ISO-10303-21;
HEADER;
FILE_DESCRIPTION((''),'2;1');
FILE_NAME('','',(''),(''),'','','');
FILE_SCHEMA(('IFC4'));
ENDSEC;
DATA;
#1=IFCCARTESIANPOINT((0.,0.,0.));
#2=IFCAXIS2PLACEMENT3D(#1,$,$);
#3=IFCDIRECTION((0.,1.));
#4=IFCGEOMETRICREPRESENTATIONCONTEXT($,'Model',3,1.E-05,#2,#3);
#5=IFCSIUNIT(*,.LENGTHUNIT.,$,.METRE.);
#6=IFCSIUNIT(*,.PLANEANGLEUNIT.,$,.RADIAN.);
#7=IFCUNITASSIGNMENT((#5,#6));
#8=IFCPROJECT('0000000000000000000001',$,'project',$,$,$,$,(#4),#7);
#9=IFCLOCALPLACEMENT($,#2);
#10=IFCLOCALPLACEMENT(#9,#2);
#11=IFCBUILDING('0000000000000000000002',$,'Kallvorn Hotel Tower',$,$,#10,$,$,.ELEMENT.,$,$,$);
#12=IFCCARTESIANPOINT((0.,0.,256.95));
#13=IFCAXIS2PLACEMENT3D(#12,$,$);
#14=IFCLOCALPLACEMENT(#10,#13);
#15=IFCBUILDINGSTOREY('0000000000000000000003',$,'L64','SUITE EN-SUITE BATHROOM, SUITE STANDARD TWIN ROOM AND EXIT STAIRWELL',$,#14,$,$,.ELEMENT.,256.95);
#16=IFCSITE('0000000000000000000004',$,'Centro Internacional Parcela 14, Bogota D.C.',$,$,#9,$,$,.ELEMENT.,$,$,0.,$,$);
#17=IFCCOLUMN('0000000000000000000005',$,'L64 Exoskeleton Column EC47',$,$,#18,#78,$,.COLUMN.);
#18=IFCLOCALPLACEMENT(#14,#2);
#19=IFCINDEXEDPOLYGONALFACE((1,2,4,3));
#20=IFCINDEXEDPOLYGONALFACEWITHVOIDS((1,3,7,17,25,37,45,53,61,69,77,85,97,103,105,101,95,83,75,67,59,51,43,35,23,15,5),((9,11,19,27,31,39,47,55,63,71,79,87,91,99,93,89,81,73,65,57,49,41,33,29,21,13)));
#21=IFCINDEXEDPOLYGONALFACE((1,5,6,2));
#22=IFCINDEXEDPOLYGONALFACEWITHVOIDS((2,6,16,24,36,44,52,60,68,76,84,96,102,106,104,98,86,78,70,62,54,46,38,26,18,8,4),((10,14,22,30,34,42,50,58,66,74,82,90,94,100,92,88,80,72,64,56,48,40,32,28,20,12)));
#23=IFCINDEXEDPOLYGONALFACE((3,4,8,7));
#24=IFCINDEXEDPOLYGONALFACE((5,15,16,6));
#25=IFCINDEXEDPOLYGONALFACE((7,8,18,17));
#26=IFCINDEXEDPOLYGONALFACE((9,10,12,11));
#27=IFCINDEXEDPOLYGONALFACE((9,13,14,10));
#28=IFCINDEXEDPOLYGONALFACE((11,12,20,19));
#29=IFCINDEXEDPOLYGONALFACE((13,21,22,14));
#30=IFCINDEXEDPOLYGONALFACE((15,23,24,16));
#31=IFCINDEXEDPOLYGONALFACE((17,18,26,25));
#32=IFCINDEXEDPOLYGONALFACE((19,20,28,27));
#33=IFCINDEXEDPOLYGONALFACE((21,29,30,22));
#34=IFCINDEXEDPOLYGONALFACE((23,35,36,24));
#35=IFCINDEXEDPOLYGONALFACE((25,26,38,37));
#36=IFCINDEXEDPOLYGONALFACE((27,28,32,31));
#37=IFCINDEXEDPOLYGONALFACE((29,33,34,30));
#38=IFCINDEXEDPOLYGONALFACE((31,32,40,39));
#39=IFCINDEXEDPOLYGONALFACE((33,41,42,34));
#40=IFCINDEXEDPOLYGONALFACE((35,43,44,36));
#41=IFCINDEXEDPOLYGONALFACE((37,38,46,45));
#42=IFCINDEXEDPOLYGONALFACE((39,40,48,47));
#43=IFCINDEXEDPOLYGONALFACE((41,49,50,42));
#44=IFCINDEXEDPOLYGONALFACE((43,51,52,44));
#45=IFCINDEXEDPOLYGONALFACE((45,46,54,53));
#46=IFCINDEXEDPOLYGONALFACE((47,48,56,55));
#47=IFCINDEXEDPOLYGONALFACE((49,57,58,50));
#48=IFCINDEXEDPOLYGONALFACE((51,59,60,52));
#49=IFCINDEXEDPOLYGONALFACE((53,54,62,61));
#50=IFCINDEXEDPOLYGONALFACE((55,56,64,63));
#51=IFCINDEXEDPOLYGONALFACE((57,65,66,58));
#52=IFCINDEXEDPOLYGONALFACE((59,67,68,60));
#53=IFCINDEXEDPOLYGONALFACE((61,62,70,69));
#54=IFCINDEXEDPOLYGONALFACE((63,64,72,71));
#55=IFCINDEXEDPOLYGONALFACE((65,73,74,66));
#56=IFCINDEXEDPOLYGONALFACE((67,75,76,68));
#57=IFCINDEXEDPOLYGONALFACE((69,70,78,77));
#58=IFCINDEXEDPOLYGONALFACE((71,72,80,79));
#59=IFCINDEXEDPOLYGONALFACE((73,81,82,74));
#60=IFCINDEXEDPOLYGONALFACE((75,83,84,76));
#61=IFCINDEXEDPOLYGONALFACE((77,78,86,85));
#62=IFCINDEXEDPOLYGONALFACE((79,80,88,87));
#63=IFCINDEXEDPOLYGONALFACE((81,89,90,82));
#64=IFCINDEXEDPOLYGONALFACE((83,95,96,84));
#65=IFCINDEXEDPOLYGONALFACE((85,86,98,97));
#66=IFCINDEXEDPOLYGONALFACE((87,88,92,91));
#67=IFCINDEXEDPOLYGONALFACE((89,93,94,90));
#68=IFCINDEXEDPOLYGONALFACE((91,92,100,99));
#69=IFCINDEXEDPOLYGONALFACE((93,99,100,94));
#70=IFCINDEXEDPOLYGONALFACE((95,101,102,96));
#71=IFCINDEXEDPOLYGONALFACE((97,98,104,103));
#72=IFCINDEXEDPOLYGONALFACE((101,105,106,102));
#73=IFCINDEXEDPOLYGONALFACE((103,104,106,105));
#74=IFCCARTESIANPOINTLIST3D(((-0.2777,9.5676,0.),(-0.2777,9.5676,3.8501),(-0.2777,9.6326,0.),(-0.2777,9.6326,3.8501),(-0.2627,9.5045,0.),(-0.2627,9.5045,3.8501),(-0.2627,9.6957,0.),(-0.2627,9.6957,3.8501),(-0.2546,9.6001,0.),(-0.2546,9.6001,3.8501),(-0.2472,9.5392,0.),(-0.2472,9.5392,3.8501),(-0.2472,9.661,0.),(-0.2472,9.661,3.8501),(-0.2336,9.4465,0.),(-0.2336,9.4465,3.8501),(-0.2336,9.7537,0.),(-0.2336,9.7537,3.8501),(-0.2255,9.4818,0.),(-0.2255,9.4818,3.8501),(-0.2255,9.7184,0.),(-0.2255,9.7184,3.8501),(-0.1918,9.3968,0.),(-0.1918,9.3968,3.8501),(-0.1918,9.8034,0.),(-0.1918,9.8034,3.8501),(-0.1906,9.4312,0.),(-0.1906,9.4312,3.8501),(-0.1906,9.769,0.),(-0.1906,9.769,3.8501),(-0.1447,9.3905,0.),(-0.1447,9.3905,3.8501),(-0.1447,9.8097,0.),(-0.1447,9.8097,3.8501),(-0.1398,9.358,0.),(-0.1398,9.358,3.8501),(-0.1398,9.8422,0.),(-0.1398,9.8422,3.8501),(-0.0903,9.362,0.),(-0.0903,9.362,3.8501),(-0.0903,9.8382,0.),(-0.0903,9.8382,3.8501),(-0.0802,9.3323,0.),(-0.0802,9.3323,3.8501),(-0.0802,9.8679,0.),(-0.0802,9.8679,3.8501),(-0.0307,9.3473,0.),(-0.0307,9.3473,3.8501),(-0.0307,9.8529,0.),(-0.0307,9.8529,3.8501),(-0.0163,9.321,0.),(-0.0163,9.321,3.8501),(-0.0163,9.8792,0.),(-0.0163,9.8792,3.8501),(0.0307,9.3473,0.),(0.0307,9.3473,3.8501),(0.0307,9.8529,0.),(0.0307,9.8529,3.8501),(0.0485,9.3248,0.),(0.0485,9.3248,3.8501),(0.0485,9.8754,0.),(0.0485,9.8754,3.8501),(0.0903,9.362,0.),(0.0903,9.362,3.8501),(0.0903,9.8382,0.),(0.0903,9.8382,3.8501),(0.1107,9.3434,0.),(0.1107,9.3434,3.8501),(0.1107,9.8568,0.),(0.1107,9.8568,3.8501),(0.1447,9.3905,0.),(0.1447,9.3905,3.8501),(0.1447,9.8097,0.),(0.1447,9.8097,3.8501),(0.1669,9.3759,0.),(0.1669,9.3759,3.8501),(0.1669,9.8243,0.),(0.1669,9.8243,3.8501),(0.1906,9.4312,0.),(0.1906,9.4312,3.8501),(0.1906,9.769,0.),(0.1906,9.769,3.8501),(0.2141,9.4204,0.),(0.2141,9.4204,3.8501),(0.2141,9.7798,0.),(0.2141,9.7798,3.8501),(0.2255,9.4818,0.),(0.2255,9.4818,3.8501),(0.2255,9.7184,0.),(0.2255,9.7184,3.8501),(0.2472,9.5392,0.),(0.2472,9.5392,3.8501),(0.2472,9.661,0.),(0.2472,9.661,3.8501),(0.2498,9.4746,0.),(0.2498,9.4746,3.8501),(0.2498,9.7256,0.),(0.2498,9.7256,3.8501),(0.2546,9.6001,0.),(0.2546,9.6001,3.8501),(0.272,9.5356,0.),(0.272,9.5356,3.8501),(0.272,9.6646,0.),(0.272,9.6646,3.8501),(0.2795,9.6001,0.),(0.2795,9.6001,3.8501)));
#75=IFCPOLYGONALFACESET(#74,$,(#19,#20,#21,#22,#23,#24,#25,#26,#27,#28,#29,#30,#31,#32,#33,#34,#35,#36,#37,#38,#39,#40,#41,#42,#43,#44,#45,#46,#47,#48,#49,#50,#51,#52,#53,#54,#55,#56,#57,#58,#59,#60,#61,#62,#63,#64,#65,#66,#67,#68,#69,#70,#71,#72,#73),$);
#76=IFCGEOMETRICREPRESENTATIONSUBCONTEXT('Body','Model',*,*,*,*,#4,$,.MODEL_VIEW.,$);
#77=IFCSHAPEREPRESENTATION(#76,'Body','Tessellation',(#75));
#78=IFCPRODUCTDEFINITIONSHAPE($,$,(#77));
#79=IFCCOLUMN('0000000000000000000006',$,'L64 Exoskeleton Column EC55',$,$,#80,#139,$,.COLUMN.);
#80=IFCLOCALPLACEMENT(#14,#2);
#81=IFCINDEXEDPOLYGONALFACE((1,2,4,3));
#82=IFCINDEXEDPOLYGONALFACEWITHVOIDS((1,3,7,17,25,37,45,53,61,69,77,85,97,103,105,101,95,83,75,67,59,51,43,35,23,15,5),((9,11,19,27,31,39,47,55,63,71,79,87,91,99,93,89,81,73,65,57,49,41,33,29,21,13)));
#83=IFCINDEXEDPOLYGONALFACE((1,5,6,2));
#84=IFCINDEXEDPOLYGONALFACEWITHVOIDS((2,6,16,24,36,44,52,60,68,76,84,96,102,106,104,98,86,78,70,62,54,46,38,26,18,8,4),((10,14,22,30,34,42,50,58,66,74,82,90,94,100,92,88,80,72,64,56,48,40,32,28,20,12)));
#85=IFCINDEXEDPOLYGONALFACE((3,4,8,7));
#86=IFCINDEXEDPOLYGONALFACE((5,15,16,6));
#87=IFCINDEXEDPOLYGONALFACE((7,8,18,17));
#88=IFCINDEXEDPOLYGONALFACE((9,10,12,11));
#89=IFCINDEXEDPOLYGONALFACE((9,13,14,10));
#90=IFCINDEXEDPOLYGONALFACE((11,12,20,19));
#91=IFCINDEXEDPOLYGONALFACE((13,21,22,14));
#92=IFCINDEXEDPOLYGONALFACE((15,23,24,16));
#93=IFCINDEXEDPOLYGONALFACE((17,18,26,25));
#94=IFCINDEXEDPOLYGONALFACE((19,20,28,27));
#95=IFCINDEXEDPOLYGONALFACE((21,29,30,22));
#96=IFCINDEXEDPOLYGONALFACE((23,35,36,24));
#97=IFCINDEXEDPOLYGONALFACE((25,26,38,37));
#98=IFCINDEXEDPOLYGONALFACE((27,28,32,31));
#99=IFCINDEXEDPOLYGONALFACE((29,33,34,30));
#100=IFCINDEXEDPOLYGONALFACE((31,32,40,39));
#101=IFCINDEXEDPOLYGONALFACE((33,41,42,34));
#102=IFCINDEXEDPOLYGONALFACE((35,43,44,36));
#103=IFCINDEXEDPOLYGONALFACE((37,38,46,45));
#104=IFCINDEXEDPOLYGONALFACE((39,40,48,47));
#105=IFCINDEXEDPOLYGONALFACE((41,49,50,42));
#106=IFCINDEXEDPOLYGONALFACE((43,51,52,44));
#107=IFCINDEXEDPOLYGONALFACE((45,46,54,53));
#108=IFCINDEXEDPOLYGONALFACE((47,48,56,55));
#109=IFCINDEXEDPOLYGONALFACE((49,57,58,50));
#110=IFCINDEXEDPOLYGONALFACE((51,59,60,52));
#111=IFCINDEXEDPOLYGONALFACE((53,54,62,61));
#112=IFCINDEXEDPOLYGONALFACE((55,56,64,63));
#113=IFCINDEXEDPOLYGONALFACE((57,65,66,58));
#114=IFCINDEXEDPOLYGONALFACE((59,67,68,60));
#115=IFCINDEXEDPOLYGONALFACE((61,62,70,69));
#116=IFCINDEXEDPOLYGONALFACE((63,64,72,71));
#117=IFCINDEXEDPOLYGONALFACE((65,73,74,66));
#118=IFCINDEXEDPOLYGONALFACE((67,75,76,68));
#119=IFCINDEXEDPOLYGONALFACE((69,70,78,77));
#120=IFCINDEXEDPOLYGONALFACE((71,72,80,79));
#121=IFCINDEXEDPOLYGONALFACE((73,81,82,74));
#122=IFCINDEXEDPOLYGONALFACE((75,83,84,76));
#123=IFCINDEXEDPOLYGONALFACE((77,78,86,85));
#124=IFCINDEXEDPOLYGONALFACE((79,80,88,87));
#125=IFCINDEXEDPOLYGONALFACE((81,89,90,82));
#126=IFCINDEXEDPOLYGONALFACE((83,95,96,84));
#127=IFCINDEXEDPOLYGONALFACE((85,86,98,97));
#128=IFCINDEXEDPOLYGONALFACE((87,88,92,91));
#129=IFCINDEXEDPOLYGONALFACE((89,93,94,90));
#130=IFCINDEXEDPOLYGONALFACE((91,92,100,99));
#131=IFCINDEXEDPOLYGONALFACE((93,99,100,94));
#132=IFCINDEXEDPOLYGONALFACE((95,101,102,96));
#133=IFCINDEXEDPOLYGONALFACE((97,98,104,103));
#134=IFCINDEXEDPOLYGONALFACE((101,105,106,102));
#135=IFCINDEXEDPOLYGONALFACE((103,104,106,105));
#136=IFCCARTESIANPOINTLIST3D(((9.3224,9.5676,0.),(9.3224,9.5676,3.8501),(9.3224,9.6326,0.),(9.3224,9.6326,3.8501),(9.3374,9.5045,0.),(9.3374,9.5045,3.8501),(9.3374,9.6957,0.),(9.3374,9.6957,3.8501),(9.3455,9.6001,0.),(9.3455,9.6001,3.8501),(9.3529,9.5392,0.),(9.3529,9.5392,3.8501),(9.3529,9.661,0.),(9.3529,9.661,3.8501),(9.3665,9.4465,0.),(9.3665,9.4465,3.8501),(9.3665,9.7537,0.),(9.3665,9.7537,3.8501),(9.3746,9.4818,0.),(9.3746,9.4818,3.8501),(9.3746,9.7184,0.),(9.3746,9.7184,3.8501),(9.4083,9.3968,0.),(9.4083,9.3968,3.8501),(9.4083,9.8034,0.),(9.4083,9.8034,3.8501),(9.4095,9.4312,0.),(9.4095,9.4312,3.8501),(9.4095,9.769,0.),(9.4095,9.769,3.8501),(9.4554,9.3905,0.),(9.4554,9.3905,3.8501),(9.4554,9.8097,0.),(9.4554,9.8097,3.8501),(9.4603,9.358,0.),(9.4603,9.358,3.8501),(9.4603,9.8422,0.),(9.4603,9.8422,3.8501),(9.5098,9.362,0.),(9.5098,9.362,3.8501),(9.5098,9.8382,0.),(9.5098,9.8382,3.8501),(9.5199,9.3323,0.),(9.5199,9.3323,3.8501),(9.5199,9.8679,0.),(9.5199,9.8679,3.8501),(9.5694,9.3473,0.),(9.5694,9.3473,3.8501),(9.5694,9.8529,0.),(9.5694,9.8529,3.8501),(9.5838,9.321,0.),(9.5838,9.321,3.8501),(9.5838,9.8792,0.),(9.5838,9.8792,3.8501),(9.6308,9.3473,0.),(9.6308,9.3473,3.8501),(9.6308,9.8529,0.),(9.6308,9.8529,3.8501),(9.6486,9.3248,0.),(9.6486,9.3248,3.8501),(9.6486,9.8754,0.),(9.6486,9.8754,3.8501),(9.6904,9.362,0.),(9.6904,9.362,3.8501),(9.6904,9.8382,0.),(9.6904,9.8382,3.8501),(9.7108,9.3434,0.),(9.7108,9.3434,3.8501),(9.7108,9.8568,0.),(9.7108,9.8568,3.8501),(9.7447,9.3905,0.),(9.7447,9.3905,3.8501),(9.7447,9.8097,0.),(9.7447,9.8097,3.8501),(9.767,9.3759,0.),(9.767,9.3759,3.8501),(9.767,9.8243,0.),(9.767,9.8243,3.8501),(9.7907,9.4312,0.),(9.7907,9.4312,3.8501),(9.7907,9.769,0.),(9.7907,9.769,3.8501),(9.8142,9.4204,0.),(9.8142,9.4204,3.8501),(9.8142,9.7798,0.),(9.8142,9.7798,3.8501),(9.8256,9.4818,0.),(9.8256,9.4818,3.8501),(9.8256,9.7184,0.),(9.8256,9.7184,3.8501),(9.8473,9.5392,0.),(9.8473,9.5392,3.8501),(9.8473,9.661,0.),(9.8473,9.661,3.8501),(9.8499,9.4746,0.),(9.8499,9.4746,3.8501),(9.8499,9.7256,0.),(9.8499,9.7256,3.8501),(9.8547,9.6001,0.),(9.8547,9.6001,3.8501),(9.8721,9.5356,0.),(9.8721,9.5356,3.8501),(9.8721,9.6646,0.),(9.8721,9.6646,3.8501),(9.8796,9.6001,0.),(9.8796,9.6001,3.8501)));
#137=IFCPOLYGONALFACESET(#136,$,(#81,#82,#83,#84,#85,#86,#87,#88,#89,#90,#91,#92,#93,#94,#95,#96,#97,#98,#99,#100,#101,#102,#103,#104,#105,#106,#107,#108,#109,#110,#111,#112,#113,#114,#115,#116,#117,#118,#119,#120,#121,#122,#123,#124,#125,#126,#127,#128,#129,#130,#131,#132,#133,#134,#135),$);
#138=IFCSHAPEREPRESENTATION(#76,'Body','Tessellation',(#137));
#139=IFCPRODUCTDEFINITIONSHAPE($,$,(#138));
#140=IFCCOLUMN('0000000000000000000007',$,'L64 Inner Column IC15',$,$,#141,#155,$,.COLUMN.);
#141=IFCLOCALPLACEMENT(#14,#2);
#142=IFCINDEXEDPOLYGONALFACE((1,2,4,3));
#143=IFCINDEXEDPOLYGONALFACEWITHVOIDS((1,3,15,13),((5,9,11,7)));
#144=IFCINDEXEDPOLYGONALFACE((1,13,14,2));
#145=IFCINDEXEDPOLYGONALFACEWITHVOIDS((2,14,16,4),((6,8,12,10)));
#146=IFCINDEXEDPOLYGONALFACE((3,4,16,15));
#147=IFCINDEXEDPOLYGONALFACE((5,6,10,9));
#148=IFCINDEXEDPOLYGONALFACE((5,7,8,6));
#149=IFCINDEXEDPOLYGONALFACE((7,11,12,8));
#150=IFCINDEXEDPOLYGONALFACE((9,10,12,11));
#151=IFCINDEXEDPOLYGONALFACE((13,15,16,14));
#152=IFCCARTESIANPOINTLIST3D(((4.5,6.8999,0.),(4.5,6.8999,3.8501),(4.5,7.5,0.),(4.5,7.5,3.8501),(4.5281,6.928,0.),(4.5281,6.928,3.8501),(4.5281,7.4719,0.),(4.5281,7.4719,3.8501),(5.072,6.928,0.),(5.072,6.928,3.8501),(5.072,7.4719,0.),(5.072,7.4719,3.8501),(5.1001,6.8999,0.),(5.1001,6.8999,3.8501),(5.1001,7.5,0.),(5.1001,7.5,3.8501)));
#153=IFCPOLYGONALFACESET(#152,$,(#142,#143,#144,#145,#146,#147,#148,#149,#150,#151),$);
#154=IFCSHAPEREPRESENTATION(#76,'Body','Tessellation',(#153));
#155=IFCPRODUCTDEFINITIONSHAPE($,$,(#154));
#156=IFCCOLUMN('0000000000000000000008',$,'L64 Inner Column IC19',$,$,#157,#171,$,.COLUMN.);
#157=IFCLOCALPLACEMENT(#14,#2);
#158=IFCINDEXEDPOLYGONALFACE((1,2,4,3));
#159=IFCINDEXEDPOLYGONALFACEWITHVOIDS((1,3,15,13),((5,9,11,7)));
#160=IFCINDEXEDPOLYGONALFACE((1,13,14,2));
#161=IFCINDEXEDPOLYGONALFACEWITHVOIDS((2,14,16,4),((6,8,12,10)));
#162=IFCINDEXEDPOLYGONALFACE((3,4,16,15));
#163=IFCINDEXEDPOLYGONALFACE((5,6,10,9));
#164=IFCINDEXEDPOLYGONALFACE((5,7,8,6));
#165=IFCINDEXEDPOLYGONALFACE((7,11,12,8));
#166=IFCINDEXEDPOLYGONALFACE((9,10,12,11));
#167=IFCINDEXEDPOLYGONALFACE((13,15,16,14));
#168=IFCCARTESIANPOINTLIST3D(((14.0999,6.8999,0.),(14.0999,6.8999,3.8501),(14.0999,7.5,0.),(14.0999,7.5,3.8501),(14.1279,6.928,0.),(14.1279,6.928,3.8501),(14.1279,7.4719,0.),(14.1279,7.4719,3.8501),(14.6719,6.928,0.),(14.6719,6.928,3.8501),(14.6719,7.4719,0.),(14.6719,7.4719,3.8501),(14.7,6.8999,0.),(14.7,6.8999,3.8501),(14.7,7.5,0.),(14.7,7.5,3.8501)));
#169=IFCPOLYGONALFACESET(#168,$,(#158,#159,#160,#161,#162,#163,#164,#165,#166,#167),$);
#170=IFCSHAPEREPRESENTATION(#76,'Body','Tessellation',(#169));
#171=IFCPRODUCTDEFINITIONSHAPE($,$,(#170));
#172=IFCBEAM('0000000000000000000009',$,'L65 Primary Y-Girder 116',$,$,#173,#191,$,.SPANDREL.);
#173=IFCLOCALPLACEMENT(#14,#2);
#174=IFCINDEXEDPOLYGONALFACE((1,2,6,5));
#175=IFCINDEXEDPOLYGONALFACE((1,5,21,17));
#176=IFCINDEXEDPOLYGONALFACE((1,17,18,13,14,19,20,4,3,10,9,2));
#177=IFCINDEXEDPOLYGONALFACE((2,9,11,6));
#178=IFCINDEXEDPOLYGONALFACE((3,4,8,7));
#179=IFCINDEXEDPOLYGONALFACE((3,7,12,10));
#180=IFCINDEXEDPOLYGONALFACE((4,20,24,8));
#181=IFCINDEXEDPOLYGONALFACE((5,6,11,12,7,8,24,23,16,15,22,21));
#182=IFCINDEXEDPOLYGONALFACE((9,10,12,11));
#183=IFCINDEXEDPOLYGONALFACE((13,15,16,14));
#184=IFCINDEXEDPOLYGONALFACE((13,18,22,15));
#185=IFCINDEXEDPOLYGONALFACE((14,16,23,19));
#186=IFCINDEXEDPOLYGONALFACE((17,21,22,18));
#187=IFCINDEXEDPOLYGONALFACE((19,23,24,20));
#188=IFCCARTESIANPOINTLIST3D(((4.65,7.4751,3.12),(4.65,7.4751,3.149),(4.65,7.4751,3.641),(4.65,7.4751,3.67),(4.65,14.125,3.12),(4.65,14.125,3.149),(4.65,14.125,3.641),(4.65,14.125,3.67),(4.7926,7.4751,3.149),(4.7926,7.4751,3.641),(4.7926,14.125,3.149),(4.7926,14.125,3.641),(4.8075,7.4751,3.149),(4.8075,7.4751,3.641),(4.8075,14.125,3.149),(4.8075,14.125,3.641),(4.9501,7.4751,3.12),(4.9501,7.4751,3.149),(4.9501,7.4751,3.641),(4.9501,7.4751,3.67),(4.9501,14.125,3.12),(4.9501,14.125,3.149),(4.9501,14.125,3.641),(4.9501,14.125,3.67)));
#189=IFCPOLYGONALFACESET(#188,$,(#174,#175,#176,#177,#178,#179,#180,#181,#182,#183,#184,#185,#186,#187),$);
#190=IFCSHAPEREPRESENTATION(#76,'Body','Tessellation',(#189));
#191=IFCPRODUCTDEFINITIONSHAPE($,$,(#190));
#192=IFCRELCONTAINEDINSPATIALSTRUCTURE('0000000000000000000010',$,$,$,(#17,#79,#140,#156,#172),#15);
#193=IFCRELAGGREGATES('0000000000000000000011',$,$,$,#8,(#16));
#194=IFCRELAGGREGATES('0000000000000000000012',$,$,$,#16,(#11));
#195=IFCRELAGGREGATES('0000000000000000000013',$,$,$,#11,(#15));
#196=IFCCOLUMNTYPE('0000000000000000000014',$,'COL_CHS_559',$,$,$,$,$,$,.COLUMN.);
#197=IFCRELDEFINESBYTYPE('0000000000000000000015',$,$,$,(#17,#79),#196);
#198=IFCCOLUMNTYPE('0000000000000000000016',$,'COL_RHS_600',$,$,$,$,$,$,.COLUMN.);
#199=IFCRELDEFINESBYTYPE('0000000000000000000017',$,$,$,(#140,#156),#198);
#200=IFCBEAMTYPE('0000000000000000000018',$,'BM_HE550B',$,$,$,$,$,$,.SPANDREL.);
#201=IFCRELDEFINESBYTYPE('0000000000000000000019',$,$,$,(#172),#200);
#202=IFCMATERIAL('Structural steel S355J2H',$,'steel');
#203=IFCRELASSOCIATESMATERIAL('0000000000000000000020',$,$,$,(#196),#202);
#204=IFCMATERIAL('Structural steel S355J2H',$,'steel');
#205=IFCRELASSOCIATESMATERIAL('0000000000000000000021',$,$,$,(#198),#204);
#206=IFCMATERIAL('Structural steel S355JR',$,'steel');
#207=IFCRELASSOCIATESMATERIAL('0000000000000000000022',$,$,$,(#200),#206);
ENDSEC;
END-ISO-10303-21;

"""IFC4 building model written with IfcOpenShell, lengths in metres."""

from ifc_helpers import new_model, si_unit, direction, frame, origin, origin_2d, place, context, subcontext, project, spatial, hollow_rectangle, hollow_circle, i_section, extrude, material, material_profile, profile_set, type_object, element, save


model = new_model("IFC4")

# Units and contexts
model_context = context("Model", 3, precision=1e-05, world=origin(), true_north=direction((0.0, 1.0)))
body_context = subcontext(model_context, "Body", "Model", "MODEL_VIEW")
ifc_project = project(units=[si_unit("LENGTHUNIT", "METRE"), si_unit("PLANEANGLEUNIT", "RADIAN")], contexts=[model_context])

# Site, building, storey
site_placement = place(None, origin())
site = spatial("IfcSite", under=ifc_project, at=site_placement, Name="Centro Internacional Parcela 14, Bogota D.C.", CompositionType="ELEMENT", RefElevation=0.0)
building_placement = place(site_placement, origin())
building = spatial("IfcBuilding", under=site, at=building_placement, Name="Kallvorn Hotel Tower", CompositionType="ELEMENT")
storey_placement = place(building_placement, frame((0.0, 0.0, 256.95)))
storey = spatial("IfcBuildingStorey", under=building, at=storey_placement, Name="L64", Description="SUITE EN-SUITE BATHROOM, SUITE STANDARD TWIN ROOM AND EXIT STAIRWELL", CompositionType="ELEMENT", Elevation=256.95)

# Columns
ifc_material_1 = material(Name="Structural steel S355J2H", Category="steel")
ifc_material_profile_1 = material_profile(ifc_material_1, hollow_circle(Radius=0.2795, WallThickness=0.0249, at=origin_2d()), Name="CHS 559x25")
ifc_profile_set_1 = profile_set([ifc_material_profile_1], Name="Structural steel S355J2H")
column_type_1 = type_object("IfcColumnType", Name="COL_CHS_559", PredefinedType="COLUMN", material=ifc_profile_set_1)
for number, where, z_axis, x_axis, name in (
    (1, (0.0, 9.6001, 0.0), (0.0, 0.0, 1.0), (1.0, 0.0, 0.0), "L64 Exoskeleton Column EC47"),
    (2, (9.6001, 9.6001, 0.0), (0.0, 0.0, 1.0), (1.0, 0.0, 0.0), "L64 Exoskeleton Column EC55"),
):
    element("IfcColumn", number, at=place(storey_placement, frame(where, z_axis=z_axis, x_axis=x_axis)), inside=storey, type_object=column_type_1, Name=name, PredefinedType="COLUMN", context=body_context, shape_type="SweptSolid", body=[
        extrude(hollow_circle(Radius=0.2795, WallThickness=0.0249, at=origin_2d()), origin(), (0.0, 0.0, 1.0), 3.8501),
    ])
ifc_material_2 = material(Name="Structural steel S355J2H", Category="steel")
ifc_material_profile_2 = material_profile(ifc_material_2, hollow_rectangle(XDim=0.6001, YDim=0.6001, WallThickness=0.0281, at=origin_2d()), Name="RHS 600x600x28")
ifc_profile_set_2 = profile_set([ifc_material_profile_2], Name="Structural steel S355J2H")
column_type_2 = type_object("IfcColumnType", Name="COL_RHS_600", PredefinedType="COLUMN", material=ifc_profile_set_2)
for number, where, z_axis, x_axis, name in (
    (3, (4.8, 7.2, 0.0), (0.0, 0.0, 1.0), (1.0, 0.0, 0.0), "L64 Inner Column IC15"),
    (4, (14.3999, 7.2, 0.0), (0.0, 0.0, 1.0), (1.0, 0.0, 0.0), "L64 Inner Column IC19"),
):
    element("IfcColumn", number, at=place(storey_placement, frame(where, z_axis=z_axis, x_axis=x_axis)), inside=storey, type_object=column_type_2, Name=name, PredefinedType="COLUMN", context=body_context, shape_type="SweptSolid", body=[
        extrude(hollow_rectangle(XDim=0.6001, YDim=0.6001, WallThickness=0.0281, at=origin_2d()), origin(), (0.0, 0.0, 1.0), 3.8501),
    ])

# Beam
ifc_material_3 = material(Name="Structural steel S355JR", Category="steel")
ifc_material_profile_3 = material_profile(ifc_material_3, i_section(OverallWidth=0.3, OverallDepth=0.55, WebThickness=0.0149, FlangeThickness=0.0291, at=origin_2d()), Name="HE 550 B")
ifc_profile_set_3 = profile_set([ifc_material_profile_3], Name="Structural steel S355JR")
beam_type_1 = type_object("IfcBeamType", Name="BM_HE550B", PredefinedType="SPANDREL", material=ifc_profile_set_3)
for number, where, z_axis, x_axis, name in (
    (5, (4.8, 7.4751, 3.395), (0.0, 1.0, 0.0), (-1.0, 0.0, 0.0), "L65 Primary Y-Girder 116"),
):
    element("IfcBeam", number, at=place(storey_placement, frame(where, z_axis=z_axis, x_axis=x_axis)), inside=storey, type_object=beam_type_1, Name=name, PredefinedType="SPANDREL", context=body_context, shape_type="SweptSolid", body=[
        extrude(i_section(OverallWidth=0.3, OverallDepth=0.55, WebThickness=0.0149, FlangeThickness=0.0291, at=origin_2d()), origin(), (0.0, 0.0, 1.0), 6.6499),
    ])

save(model, "model.ifc")
